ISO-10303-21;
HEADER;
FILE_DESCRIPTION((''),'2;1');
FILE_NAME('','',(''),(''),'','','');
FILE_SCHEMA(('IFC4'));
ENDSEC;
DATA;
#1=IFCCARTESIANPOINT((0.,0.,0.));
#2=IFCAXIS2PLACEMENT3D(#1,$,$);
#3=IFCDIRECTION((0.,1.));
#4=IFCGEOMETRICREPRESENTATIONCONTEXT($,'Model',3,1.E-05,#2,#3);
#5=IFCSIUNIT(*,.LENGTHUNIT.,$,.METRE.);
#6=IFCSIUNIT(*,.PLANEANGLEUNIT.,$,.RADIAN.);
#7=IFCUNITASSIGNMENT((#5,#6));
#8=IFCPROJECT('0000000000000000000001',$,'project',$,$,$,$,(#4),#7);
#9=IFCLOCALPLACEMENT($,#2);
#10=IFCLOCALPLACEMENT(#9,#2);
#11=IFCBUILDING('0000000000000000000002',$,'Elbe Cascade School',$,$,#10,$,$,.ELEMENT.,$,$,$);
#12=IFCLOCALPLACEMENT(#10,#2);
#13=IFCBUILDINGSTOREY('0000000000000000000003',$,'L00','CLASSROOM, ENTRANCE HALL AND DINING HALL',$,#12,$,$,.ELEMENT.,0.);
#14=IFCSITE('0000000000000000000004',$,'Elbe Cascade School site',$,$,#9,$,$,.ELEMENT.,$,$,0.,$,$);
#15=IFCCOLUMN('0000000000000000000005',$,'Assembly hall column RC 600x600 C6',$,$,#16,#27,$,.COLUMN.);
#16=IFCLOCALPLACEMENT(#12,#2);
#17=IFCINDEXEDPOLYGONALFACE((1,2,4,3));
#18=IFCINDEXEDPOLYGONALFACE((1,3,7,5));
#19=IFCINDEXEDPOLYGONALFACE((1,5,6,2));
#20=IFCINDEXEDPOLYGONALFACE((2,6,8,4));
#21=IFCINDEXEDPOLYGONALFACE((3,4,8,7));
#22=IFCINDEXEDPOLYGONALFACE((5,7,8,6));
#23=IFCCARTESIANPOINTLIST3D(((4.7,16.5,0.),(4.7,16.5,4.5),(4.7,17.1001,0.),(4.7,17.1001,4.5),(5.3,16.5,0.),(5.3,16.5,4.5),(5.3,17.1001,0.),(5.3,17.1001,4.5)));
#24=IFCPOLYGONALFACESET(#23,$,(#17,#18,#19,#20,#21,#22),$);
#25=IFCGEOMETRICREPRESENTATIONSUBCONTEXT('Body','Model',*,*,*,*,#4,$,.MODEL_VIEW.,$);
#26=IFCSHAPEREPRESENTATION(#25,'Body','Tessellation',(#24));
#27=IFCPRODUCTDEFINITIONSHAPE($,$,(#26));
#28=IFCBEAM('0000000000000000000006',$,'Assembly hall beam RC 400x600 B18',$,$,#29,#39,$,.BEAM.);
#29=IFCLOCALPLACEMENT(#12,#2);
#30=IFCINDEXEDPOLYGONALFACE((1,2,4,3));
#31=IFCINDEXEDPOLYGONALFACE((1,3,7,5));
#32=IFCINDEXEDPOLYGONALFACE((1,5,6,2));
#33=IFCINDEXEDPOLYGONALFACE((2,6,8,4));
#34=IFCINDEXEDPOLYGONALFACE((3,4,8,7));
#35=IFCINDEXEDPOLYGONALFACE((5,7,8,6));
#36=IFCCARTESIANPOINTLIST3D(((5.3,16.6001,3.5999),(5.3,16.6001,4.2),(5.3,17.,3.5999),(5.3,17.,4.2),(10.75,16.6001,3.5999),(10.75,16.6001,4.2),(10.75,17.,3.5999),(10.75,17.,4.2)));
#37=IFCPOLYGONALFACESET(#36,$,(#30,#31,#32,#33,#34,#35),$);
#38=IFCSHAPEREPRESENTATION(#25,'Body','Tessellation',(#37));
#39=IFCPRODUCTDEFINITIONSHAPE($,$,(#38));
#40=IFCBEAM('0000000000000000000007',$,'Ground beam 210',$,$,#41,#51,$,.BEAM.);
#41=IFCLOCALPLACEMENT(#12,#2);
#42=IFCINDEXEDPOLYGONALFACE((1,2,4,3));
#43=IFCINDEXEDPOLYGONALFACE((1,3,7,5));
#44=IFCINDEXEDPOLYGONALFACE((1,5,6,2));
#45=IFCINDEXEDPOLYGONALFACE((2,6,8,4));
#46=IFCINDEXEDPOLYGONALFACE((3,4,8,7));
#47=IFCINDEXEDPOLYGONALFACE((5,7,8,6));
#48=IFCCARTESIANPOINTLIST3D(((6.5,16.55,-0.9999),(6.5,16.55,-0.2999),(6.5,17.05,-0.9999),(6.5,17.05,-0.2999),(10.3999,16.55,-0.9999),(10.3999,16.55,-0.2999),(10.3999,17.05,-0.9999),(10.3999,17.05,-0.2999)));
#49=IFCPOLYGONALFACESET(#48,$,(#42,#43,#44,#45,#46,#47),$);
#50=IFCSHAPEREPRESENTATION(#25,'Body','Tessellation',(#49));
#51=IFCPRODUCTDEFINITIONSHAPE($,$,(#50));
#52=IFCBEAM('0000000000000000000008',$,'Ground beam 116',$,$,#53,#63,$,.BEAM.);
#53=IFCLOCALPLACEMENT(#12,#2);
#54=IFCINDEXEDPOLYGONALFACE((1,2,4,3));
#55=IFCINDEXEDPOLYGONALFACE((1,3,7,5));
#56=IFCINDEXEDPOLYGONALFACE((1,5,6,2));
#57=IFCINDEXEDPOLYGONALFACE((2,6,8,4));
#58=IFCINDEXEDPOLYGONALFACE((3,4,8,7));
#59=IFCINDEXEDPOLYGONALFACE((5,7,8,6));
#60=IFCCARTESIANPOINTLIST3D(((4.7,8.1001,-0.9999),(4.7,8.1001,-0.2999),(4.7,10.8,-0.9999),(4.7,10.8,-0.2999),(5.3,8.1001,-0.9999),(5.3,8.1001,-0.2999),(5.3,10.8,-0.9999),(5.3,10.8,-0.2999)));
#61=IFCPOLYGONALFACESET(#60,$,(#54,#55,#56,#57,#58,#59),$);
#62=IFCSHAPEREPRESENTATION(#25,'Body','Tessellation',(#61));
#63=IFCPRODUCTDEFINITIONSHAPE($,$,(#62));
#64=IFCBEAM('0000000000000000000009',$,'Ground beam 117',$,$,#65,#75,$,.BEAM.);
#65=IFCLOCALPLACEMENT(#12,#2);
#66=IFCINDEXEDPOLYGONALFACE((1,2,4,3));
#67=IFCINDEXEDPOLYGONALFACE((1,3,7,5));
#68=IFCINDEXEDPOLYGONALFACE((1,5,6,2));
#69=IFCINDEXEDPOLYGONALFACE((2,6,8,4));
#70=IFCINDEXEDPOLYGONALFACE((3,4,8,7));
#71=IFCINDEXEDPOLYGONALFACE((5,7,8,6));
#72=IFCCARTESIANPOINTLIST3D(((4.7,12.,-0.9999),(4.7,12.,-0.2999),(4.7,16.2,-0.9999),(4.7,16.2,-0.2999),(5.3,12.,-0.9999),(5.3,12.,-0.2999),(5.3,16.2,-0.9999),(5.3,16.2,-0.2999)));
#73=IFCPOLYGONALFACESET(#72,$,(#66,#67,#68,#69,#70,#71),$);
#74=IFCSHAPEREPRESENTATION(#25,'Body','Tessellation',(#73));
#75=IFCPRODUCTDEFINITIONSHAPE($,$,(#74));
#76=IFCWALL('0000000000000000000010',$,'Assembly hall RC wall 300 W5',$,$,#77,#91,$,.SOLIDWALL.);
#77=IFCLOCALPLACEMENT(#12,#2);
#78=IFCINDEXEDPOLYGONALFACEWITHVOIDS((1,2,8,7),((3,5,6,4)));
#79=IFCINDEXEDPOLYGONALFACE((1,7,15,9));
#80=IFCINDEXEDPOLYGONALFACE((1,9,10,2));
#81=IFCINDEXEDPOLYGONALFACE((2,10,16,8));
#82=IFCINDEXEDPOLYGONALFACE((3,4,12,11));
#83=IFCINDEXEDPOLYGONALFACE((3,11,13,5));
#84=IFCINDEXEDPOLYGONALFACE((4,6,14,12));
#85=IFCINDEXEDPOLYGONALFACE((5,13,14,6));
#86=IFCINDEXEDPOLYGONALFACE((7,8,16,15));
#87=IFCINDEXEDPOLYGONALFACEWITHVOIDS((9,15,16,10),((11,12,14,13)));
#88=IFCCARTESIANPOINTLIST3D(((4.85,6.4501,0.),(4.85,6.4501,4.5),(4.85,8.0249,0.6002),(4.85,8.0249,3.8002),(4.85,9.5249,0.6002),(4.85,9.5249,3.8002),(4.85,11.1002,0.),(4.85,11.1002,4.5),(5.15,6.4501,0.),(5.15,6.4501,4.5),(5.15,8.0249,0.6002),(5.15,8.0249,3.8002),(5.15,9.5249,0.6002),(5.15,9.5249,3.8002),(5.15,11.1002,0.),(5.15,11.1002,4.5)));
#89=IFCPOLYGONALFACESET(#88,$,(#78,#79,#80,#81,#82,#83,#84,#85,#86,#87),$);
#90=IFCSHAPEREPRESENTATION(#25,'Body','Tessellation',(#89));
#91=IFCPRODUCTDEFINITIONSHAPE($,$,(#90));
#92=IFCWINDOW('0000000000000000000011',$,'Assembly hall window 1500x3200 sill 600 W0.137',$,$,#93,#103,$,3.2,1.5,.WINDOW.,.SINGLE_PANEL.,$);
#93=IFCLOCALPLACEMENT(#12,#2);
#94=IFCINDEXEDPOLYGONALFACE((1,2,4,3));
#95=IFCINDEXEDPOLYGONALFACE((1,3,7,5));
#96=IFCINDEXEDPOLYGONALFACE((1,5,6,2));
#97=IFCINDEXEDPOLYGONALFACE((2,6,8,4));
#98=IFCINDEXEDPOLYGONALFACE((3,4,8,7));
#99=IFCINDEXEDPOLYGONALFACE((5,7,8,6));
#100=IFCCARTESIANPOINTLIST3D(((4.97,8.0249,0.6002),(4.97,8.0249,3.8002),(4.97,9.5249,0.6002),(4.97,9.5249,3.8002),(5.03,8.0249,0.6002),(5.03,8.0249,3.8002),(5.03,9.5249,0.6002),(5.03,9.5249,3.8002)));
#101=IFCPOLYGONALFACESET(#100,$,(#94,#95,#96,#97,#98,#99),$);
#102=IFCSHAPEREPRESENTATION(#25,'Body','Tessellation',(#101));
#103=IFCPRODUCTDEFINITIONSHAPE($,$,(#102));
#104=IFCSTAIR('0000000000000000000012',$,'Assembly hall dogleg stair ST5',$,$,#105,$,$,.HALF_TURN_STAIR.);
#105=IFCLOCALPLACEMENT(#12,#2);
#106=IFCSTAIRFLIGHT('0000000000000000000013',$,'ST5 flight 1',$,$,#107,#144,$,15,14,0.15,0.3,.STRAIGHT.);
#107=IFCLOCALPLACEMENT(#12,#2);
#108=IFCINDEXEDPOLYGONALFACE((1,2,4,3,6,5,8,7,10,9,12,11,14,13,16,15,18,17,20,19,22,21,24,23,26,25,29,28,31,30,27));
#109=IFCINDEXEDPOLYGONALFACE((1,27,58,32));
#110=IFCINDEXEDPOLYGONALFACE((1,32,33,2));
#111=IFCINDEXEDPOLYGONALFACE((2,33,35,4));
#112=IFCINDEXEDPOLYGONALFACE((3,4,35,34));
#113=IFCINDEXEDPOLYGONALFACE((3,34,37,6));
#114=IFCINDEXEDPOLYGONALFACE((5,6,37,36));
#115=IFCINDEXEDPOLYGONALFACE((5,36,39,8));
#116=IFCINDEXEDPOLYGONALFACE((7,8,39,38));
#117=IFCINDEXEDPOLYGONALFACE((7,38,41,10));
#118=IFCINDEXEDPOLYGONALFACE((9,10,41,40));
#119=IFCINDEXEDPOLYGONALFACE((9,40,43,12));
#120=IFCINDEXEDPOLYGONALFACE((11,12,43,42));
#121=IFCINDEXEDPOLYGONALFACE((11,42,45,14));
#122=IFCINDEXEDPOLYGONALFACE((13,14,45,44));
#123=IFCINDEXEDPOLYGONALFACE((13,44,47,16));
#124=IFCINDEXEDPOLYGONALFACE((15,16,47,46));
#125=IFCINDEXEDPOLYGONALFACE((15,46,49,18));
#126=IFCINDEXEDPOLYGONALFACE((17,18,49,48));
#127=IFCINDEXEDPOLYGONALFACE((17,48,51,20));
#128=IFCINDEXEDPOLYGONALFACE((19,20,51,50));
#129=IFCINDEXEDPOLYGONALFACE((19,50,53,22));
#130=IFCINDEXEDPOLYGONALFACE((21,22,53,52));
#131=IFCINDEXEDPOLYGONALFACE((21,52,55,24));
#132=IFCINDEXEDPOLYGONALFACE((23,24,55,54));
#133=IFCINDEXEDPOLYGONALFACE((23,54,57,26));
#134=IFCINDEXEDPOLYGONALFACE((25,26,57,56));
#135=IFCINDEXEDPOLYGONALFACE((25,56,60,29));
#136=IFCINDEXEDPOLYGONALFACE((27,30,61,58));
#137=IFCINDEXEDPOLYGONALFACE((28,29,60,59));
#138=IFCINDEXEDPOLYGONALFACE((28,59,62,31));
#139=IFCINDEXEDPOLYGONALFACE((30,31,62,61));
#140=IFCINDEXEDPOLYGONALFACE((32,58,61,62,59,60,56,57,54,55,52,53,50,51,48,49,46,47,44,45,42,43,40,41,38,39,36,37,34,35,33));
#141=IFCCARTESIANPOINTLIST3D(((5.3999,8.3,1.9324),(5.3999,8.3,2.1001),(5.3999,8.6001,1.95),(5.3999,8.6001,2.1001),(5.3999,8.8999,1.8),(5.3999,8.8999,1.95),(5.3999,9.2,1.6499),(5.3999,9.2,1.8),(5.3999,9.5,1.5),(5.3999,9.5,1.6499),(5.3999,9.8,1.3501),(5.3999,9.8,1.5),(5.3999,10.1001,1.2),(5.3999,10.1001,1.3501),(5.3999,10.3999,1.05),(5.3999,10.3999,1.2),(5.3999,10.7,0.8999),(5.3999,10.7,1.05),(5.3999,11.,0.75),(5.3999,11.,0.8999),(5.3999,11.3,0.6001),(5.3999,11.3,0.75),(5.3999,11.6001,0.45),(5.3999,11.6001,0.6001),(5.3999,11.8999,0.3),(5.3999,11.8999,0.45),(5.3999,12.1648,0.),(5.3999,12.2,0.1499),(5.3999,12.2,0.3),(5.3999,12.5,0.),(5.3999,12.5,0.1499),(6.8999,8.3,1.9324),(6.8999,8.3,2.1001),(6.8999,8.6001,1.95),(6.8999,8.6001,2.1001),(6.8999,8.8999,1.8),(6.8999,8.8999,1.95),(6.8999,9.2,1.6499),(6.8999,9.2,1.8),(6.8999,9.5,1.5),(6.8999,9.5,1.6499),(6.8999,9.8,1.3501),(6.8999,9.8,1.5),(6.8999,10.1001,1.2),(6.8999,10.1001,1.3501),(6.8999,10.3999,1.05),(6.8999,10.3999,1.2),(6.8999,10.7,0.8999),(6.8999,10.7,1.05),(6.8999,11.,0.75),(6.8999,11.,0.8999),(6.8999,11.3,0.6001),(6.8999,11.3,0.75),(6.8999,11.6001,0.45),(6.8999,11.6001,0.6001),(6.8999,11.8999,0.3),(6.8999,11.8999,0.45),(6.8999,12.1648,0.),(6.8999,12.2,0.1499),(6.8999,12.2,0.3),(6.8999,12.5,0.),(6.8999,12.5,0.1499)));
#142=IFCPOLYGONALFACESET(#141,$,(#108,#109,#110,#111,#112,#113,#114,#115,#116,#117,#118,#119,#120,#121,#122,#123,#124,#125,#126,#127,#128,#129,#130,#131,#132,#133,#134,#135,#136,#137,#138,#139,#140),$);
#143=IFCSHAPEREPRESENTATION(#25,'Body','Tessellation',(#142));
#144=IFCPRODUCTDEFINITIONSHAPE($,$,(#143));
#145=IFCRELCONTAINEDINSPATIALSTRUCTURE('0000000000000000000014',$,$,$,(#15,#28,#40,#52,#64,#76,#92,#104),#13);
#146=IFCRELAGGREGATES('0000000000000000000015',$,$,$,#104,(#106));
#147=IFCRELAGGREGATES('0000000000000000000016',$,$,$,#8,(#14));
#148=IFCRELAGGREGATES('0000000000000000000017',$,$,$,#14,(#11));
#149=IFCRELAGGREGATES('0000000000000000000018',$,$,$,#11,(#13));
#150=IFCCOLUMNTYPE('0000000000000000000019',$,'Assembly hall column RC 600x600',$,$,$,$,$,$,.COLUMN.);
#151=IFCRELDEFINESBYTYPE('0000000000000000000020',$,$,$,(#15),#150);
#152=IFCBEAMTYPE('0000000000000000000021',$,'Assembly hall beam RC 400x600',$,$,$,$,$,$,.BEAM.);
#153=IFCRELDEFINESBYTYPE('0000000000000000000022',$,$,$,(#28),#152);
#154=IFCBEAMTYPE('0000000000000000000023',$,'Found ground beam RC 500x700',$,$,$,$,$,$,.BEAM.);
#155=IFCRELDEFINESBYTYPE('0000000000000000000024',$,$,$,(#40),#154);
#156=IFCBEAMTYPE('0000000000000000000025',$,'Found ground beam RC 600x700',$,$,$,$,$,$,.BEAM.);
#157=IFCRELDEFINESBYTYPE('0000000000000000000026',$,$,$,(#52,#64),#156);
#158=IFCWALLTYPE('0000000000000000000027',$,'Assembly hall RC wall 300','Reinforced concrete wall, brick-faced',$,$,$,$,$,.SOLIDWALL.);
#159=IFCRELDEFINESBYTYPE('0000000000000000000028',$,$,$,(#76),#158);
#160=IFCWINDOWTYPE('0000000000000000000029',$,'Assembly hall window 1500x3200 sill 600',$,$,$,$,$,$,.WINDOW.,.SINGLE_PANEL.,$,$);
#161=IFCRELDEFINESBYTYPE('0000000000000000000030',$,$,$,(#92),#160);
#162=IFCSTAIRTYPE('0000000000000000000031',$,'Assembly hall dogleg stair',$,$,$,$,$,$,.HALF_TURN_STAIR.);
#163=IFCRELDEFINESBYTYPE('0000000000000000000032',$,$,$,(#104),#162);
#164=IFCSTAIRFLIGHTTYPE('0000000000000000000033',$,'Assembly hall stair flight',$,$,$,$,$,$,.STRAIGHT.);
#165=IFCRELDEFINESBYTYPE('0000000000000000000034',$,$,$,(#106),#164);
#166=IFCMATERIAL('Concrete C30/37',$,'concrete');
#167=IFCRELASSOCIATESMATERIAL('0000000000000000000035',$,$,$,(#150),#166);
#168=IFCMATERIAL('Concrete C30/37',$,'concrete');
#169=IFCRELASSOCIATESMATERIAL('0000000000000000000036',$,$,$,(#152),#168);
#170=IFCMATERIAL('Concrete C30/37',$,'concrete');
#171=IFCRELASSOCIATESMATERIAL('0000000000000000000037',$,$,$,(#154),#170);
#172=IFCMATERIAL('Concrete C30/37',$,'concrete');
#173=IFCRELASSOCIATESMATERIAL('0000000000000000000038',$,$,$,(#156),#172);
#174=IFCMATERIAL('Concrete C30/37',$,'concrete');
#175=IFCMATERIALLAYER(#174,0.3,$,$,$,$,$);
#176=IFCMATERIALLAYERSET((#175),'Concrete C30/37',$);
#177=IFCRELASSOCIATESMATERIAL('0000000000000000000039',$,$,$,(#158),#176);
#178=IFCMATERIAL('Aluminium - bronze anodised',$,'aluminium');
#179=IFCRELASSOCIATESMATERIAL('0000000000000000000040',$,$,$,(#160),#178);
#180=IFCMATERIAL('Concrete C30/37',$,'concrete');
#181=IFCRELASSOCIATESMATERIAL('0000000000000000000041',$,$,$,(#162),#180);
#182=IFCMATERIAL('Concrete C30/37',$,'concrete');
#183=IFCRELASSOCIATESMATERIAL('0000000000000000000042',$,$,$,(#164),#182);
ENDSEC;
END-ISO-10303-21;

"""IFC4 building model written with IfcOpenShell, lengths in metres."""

from ifc_helpers import new_model, si_unit, direction, frame, frame_2d, origin, origin_2d, place, context, subcontext, project, spatial, polyline, rectangle, outline, extrude, material, layer, layer_set, material_profile, profile_set, type_object, element, fill, aggregate, save


model = new_model("IFC4")

# Units and contexts
model_context = context("Model", 3, precision=1e-05, world=origin(), true_north=direction((0.0, 1.0)))
body_context = subcontext(model_context, "Body", "Model", "MODEL_VIEW")
ifc_project = project(units=[si_unit("LENGTHUNIT", "METRE"), si_unit("PLANEANGLEUNIT", "RADIAN")], contexts=[model_context])

# Site, building, storey
site_placement = place(None, origin())
site = spatial("IfcSite", under=ifc_project, at=site_placement, Name="Elbe Cascade School site", CompositionType="ELEMENT", RefElevation=0.0)
building_placement = place(site_placement, origin())
building = spatial("IfcBuilding", under=site, at=building_placement, Name="Elbe Cascade School", CompositionType="ELEMENT")
storey_placement = place(building_placement, origin())
storey = spatial("IfcBuildingStorey", under=building, at=storey_placement, Name="L00", Description="CLASSROOM, ENTRANCE HALL AND DINING HALL", CompositionType="ELEMENT", Elevation=0.0)

# Column
ifc_material_1 = material(Name="Concrete C30/37", Category="concrete")
ifc_material_profile_1 = material_profile(ifc_material_1, rectangle(XDim=0.6001, YDim=0.6001, at=origin_2d()), Name="RC 600x600")
ifc_profile_set_1 = profile_set([ifc_material_profile_1], Name="Concrete C30/37")
column_type = type_object("IfcColumnType", Name="Assembly hall column RC 600x600", PredefinedType="COLUMN", material=ifc_profile_set_1)
for number, where, z_axis, x_axis, name in (
    (1, (5.0, 16.8, 0.0), (0.0, 0.0, 1.0), (1.0, 0.0, 0.0), "Assembly hall column RC 600x600 C6"),
):
    element("IfcColumn", number, at=place(storey_placement, frame(where, z_axis=z_axis, x_axis=x_axis)), inside=storey, type_object=column_type, Name=name, PredefinedType="COLUMN", context=body_context, shape_type="SweptSolid", body=[
        extrude(rectangle(XDim=0.6001, YDim=0.6001, at=origin_2d()), origin(), (0.0, 0.0, 1.0), 4.5),
    ])

# Beams
ifc_material_2 = material(Name="Concrete C30/37", Category="concrete")
ifc_material_profile_2 = material_profile(ifc_material_2, rectangle(XDim=0.3999, YDim=0.6001, at=origin_2d()), Name="RC 400x600")
ifc_profile_set_2 = profile_set([ifc_material_profile_2], Name="Concrete C30/37")
beam_type_1 = type_object("IfcBeamType", Name="Assembly hall beam RC 400x600", PredefinedType="BEAM", material=ifc_profile_set_2)
beam_1_placement = place(storey_placement, frame((5.3, 16.8, 3.8999), z_axis=(1.0, 0.0, 0.0), x_axis=(0.0, 1.0, 0.0)))
element("IfcBeam", 2, at=beam_1_placement, inside=storey, type_object=beam_type_1, Name="Assembly hall beam RC 400x600 B18", PredefinedType="BEAM", context=body_context, shape_type="SweptSolid", body=[
    extrude(rectangle(XDim=0.3999, YDim=0.6001, at=origin_2d()), origin(), (0.0, 0.0, 1.0), 5.45),
])
ifc_material_3 = material(Name="Concrete C30/37", Category="concrete")
ifc_material_profile_3 = material_profile(ifc_material_3, rectangle(XDim=0.5, YDim=0.7, at=origin_2d()), Name="RC 500x700")
ifc_profile_set_3 = profile_set([ifc_material_profile_3], Name="Concrete C30/37")
beam_type_2 = type_object("IfcBeamType", Name="Found ground beam RC 500x700", PredefinedType="BEAM", material=ifc_profile_set_3)
beam_2_placement = place(storey_placement, frame((6.5, 16.8, -0.6499), z_axis=(1.0, 0.0, 0.0), x_axis=(0.0, 1.0, 0.0)))
element("IfcBeam", 3, at=beam_2_placement, inside=storey, type_object=beam_type_2, Name="Ground beam 210", PredefinedType="BEAM", context=body_context, shape_type="SweptSolid", body=[
    extrude(rectangle(XDim=0.5, YDim=0.7, at=origin_2d()), origin(), (0.0, 0.0, 1.0), 3.8999),
])
ifc_material_4 = material(Name="Concrete C30/37", Category="concrete")
ifc_material_profile_4 = material_profile(ifc_material_4, rectangle(XDim=0.6001, YDim=0.7, at=origin_2d()), Name="RC 600x700")
ifc_profile_set_4 = profile_set([ifc_material_profile_4], Name="Concrete C30/37")
beam_type_3 = type_object("IfcBeamType", Name="Found ground beam RC 600x700", PredefinedType="BEAM", material=ifc_profile_set_4)
beam_3_placement = place(storey_placement, frame((5.0, 8.1001, -0.6499), z_axis=(0.0, 1.0, 0.0), x_axis=(-1.0, 0.0, 0.0)))
element("IfcBeam", 4, at=beam_3_placement, inside=storey, type_object=beam_type_3, Name="Ground beam 116", PredefinedType="BEAM", context=body_context, shape_type="SweptSolid", body=[
    extrude(rectangle(XDim=0.6001, YDim=0.7, at=origin_2d()), origin(), (0.0, 0.0, 1.0), 2.7),
])
beam_4_placement = place(storey_placement, frame((5.0, 12.0, -0.6499), z_axis=(0.0, 1.0, 0.0), x_axis=(-1.0, 0.0, 0.0)))
element("IfcBeam", 5, at=beam_4_placement, inside=storey, type_object=beam_type_3, Name="Ground beam 117", PredefinedType="BEAM", context=body_context, shape_type="SweptSolid", body=[
    extrude(rectangle(XDim=0.6001, YDim=0.7, at=origin_2d()), origin(), (0.0, 0.0, 1.0), 4.2),
])

# Wall, opening, window
ifc_material_5 = material(Name="Concrete C30/37", Category="concrete")
ifc_layer_1 = layer(ifc_material_5, 0.3)
ifc_layer_set_1 = layer_set([ifc_layer_1], Name="Concrete C30/37")
wall_type = type_object("IfcWallType", Name="Assembly hall RC wall 300", Description="Reinforced concrete wall, brick-faced", PredefinedType="SOLIDWALL", material=ifc_layer_set_1)
wall_1_placement = place(storey_placement, frame((5.0, 6.45, 0.0), z_axis=(0.0, 0.0, 1.0), x_axis=(0.0, 1.0, 0.0)))
wall_1 = element("IfcWall", 6, at=wall_1_placement, inside=storey, type_object=wall_type, Name="Assembly hall RC wall 300 W5", PredefinedType="SOLIDWALL", context=body_context, shape_type="SweptSolid", body=[
    extrude(rectangle(XDim=4.6501, YDim=0.3, at=frame_2d((2.3252, 0.0))), origin(), (0.0, 0.0, 1.0), 4.5),
])
opening_1_placement = place(wall_1_placement, frame((1.575, 0.0, 0.6001)))
opening_1 = element("IfcOpeningElement", 7, at=opening_1_placement, cuts=wall_1, PredefinedType="OPENING", context=body_context, shape_type="SweptSolid", body=[
    extrude(rectangle(XDim=1.5, YDim=3.2, at=frame_2d((0.75, 1.6001))), frame((0.0, 0.1599, 0.0), z_axis=(0.0, -1.0, 0.0), x_axis=(1.0, 0.0, 0.0)), (0.0, 0.0, 1.0), 0.3201),
])
ifc_material_6 = material(Name="Aluminium - bronze anodised", Category="aluminium")
window_type = type_object("IfcWindowType", Name="Assembly hall window 1500x3200 sill 600", PartitioningType="SINGLE_PANEL", PredefinedType="WINDOW", material=ifc_material_6)
window_placement = place(opening_1_placement, origin())
window = element("IfcWindow", 8, at=window_placement, inside=storey, type_object=window_type, Name="Assembly hall window 1500x3200 sill 600 W0.137", OverallHeight=3.2, OverallWidth=1.5, PartitioningType="SINGLE_PANEL", PredefinedType="WINDOW", context=body_context, shape_type="SweptSolid", body=[
    extrude(rectangle(XDim=1.5, YDim=3.2, at=frame_2d((0.75, 1.6001))), frame((0.0, 0.03, 0.0), z_axis=(0.0, -1.0, 0.0), x_axis=(1.0, 0.0, 0.0)), (0.0, 0.0, 1.0), 0.0601),
])
fill(opening_1, window)

# Stair, stair flight
ifc_material_7 = material(Name="Concrete C30/37", Category="concrete")
stair_type = type_object("IfcStairType", Name="Assembly hall dogleg stair", PredefinedType="HALF_TURN_STAIR", material=ifc_material_7)
stair_placement = place(storey_placement, origin())
stair = element("IfcStair", 9, at=stair_placement, inside=storey, type_object=stair_type, Name="Assembly hall dogleg stair ST5", PredefinedType="HALF_TURN_STAIR")
ifc_material_8 = material(Name="Concrete C30/37", Category="concrete")
stair_flight_type = type_object("IfcStairFlightType", Name="Assembly hall stair flight", PredefinedType="STRAIGHT", material=ifc_material_8)
stair_flight_1_placement = place(storey_placement, frame((6.1499, 12.5, 0.0), z_axis=(0.0, 0.0, 1.0), x_axis=(0.0, -1.0, 0.0)))
stair_flight_1 = element("IfcStairFlight", 10, at=stair_flight_1_placement, type_object=stair_flight_type, Name="ST5 flight 1", NumberOfRisers=15, NumberOfTreads=14, PredefinedType="STRAIGHT", RiserHeight=0.15, TreadLength=0.3, context=body_context, shape_type="SweptSolid", body=[
    extrude(outline(polyline([(0.0, 0.0), (0.0, 0.1499), (0.3, 0.1499), (0.3, 0.3), (0.6001, 0.3), (0.6001, 0.45), (0.8999, 0.45), (0.8999, 0.6001), (1.2, 0.6001), (1.2, 0.75), (1.5, 0.75), (1.5, 0.8999), (1.8, 0.8999), (1.8, 1.05), (2.1001, 1.05), (2.1001, 1.2), (2.3999, 1.2), (2.3999, 1.3501), (2.7, 1.3501), (2.7, 1.5), (3.0, 1.5), (3.0, 1.6499), (3.3, 1.6499), (3.3, 1.8), (3.6001, 1.8), (3.6001, 1.95), (3.8999, 1.95), (3.8999, 2.1001), (4.2, 2.1001), (4.2, 2.25), (4.2, 1.9324), (0.3352, 0.0), (0.0, 0.0)])), frame((0.0, 0.75, 0.0), z_axis=(0.0, -1.0, 0.0), x_axis=(1.0, 0.0, 0.0)), (0.0, 0.0, 1.0), 1.5),
])
aggregate(stair, [stair_flight_1])

save(model, "model.ifc")
